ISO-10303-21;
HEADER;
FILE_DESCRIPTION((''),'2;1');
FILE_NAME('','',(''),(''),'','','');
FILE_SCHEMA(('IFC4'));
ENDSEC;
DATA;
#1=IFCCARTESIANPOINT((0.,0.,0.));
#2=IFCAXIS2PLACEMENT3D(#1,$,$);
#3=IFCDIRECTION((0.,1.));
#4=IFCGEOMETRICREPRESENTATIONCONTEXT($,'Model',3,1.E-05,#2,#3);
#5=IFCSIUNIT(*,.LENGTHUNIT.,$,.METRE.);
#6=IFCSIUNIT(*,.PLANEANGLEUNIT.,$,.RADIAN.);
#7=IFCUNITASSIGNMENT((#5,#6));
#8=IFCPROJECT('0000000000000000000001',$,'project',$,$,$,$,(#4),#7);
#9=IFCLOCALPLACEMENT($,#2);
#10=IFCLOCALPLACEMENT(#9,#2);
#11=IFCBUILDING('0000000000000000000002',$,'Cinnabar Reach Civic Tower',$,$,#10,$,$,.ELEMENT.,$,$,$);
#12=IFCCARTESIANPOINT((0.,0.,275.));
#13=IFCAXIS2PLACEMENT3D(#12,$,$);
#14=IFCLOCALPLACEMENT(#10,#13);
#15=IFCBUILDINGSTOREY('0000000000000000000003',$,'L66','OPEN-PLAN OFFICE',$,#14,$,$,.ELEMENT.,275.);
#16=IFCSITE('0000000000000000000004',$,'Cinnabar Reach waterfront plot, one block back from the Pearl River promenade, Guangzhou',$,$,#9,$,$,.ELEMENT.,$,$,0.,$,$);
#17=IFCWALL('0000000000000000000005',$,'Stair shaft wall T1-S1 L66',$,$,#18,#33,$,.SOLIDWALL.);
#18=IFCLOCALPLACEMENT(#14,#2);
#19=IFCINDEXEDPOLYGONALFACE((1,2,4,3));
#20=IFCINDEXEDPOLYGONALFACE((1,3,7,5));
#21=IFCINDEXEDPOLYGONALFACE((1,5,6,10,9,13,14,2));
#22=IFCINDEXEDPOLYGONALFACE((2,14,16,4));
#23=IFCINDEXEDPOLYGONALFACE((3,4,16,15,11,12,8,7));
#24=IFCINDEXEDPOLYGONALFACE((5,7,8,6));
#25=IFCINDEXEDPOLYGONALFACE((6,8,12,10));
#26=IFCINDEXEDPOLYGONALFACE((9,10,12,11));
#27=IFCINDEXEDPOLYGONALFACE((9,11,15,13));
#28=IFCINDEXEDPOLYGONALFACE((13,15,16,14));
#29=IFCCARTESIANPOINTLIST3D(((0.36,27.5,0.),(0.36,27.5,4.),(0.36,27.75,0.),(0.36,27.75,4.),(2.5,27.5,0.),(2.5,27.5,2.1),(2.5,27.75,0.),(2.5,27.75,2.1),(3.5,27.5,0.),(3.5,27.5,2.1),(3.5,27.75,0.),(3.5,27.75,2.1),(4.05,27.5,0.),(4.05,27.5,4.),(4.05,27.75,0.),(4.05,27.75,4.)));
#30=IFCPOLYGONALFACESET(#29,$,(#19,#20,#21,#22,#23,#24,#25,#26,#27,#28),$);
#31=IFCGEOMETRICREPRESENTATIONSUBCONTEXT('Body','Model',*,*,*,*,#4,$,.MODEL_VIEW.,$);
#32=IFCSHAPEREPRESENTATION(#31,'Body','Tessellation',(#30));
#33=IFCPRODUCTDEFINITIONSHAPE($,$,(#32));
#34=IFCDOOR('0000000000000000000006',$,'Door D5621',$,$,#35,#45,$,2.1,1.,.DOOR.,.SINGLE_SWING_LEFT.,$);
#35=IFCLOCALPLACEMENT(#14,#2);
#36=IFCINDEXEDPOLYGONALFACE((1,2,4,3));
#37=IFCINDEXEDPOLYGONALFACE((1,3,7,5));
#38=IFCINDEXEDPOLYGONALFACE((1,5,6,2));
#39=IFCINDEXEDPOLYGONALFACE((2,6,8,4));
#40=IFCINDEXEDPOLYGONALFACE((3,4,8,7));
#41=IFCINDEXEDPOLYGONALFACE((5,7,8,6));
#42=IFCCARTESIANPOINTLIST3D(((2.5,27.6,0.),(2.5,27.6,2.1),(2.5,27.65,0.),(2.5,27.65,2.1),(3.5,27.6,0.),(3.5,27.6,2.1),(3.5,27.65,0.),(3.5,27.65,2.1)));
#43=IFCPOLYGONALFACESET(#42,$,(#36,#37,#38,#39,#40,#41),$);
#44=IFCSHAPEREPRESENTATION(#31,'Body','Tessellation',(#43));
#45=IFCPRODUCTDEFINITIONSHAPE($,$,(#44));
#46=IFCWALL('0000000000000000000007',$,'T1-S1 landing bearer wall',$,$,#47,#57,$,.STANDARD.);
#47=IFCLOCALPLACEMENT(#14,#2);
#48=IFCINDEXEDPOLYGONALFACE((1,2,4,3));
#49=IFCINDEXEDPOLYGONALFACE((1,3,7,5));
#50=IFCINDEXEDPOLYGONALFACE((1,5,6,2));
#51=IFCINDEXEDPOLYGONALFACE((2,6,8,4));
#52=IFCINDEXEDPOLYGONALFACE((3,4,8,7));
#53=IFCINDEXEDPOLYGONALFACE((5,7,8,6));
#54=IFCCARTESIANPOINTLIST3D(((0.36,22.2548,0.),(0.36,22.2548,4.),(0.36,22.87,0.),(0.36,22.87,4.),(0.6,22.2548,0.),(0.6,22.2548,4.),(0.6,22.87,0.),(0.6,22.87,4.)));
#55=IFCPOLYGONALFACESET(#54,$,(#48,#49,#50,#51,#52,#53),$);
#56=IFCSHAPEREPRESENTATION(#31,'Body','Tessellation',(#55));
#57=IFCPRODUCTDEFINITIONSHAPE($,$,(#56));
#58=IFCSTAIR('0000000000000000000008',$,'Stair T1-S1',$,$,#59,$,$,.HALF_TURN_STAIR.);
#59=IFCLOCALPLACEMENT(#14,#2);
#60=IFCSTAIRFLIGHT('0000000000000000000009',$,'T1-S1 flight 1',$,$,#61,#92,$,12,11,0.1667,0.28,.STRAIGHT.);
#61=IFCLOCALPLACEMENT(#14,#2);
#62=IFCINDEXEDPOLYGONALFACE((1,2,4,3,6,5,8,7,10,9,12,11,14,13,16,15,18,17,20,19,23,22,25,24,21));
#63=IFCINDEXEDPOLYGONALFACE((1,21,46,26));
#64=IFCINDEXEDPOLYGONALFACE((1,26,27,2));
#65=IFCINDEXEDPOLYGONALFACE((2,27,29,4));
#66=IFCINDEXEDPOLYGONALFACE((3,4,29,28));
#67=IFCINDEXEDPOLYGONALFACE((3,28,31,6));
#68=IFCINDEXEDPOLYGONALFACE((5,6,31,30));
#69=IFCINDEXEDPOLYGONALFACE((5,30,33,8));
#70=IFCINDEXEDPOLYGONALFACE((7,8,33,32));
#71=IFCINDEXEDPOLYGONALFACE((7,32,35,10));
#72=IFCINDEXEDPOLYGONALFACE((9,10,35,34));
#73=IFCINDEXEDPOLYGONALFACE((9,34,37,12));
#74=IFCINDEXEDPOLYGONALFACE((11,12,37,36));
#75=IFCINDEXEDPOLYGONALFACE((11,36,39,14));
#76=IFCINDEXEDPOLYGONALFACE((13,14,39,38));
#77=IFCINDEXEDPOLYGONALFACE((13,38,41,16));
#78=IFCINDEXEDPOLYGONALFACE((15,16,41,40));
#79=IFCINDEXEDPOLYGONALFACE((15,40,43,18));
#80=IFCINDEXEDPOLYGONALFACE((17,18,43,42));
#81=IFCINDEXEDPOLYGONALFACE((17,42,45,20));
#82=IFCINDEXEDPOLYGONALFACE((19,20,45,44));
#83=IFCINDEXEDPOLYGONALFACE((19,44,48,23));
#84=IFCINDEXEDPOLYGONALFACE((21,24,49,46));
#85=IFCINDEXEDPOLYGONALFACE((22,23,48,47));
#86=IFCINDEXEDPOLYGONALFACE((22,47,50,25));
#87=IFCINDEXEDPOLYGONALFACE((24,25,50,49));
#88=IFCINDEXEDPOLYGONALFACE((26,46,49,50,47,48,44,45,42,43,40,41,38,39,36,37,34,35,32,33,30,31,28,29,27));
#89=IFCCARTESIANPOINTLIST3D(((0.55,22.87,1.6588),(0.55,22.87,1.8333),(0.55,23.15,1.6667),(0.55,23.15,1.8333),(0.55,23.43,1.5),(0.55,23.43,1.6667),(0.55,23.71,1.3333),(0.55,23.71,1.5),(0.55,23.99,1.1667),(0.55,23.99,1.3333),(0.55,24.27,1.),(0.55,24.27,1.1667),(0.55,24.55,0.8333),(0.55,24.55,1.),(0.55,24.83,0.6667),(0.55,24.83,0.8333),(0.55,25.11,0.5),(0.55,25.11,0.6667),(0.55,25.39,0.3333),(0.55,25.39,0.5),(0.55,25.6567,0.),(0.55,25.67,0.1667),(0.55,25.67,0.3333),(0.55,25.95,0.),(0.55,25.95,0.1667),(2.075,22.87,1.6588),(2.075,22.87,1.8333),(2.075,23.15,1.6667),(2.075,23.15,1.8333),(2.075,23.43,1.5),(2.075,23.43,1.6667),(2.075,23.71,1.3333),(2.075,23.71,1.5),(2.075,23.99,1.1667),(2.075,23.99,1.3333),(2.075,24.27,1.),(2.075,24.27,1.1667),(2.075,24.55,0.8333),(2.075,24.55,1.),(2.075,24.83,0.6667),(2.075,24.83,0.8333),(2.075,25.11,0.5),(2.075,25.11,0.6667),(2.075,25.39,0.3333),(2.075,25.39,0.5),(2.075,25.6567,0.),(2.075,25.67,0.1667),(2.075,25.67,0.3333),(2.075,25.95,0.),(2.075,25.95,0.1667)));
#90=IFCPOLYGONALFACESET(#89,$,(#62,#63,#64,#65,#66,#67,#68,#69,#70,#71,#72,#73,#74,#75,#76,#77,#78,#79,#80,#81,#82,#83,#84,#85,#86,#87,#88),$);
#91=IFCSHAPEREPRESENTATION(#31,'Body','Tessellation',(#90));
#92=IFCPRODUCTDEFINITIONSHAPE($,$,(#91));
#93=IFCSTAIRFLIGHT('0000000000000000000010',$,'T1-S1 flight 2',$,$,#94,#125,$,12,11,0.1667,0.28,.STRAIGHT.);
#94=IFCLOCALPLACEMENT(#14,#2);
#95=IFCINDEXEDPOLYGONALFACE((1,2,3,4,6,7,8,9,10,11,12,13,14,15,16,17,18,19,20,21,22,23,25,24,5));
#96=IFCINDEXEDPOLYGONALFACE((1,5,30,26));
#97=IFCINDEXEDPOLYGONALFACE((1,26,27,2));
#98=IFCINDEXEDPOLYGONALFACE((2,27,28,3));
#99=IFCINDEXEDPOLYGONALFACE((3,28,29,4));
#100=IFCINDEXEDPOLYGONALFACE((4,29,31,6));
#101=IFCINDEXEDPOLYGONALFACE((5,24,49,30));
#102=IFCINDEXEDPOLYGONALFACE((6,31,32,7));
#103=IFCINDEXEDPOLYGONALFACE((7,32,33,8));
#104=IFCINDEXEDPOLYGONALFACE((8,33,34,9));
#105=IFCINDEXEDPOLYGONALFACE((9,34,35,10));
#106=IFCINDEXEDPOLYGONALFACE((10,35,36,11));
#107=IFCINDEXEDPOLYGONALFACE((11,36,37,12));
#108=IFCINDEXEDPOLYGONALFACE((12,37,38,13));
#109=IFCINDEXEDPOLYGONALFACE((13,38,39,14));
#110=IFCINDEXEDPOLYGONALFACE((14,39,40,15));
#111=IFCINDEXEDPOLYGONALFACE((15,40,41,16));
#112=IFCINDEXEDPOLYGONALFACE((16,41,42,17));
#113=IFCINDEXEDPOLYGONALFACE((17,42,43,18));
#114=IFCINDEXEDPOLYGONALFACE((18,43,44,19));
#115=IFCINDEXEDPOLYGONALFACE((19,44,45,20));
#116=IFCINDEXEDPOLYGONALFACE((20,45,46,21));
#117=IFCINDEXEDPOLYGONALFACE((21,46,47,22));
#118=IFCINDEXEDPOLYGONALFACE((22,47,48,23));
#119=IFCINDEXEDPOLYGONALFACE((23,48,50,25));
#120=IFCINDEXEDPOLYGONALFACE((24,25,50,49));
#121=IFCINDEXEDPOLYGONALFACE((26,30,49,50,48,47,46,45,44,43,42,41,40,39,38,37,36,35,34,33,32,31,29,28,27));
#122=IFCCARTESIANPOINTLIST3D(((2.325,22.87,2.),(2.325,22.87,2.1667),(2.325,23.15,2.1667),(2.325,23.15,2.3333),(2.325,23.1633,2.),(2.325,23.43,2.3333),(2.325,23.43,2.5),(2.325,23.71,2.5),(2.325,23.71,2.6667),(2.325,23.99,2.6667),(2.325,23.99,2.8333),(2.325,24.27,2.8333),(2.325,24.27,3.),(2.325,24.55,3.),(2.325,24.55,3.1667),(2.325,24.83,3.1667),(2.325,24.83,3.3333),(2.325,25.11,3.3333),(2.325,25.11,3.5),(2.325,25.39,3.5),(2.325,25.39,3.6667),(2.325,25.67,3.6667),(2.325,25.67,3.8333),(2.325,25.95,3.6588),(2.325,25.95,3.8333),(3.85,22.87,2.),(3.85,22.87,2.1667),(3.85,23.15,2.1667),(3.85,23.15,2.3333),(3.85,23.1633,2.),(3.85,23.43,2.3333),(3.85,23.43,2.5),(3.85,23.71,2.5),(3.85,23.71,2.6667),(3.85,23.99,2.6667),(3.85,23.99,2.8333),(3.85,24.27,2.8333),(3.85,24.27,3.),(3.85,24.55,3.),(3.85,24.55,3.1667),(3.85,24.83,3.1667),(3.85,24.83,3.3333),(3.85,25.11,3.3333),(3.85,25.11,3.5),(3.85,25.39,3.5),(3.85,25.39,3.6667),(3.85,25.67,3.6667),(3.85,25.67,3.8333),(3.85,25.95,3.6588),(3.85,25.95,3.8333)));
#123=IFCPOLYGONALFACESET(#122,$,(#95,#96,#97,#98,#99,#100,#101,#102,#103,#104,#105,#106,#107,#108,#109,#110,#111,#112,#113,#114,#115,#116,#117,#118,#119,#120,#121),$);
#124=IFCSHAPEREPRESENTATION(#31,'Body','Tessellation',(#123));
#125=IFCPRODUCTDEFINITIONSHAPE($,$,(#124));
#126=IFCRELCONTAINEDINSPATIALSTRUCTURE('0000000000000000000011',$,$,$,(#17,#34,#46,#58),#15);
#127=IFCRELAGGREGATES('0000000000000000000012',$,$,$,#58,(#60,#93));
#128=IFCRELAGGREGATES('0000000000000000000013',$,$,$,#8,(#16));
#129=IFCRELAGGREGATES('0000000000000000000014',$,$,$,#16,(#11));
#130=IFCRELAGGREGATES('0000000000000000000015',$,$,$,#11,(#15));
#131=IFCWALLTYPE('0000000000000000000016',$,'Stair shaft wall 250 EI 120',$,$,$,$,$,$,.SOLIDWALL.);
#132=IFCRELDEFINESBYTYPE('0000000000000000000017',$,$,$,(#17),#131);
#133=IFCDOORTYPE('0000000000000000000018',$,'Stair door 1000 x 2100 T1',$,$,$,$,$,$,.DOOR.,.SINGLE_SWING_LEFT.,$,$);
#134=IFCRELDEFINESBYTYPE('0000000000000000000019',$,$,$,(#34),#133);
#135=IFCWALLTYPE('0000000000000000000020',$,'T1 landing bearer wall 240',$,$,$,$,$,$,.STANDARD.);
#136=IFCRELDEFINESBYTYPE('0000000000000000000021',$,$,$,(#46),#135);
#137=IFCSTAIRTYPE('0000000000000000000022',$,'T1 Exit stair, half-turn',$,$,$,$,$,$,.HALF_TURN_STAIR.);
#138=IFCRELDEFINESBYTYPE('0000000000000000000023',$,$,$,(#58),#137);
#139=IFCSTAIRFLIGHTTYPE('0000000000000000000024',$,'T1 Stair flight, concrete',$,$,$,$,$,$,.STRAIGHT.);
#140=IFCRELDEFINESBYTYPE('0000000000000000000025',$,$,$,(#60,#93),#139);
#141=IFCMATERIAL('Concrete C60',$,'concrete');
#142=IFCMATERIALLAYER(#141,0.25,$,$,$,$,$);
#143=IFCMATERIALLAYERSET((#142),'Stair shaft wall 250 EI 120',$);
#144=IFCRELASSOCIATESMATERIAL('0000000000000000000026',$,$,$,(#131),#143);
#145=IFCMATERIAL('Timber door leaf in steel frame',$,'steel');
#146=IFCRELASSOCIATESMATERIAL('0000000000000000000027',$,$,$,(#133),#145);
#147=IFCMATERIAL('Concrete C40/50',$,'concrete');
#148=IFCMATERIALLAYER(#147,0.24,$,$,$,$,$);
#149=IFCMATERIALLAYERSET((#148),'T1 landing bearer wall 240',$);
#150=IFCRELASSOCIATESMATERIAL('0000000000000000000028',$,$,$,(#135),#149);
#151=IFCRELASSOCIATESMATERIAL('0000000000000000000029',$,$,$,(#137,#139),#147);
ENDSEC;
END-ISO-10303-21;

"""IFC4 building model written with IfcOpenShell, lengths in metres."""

from ifc_helpers import new_model, si_unit, direction, frame, frame_2d, origin, place, context, subcontext, project, spatial, polyline, rectangle, outline, extrude, material, layer, layer_set, type_object, element, fill, aggregate, save


model = new_model("IFC4")

# Units and contexts
model_context = context("Model", 3, precision=1e-05, world=origin(), true_north=direction((0.0, 1.0)))
body_context = subcontext(model_context, "Body", "Model", "MODEL_VIEW")
ifc_project = project(units=[si_unit("LENGTHUNIT", "METRE"), si_unit("PLANEANGLEUNIT", "RADIAN")], contexts=[model_context])

# Site, building, storey
site_placement = place(None, origin())
site = spatial("IfcSite", under=ifc_project, at=site_placement, Name="Cinnabar Reach waterfront plot, one block back from the Pearl River promenade, Guangzhou", CompositionType="ELEMENT", RefElevation=0.0)
building_placement = place(site_placement, origin())
building = spatial("IfcBuilding", under=site, at=building_placement, Name="Cinnabar Reach Civic Tower", CompositionType="ELEMENT")
storey_placement = place(building_placement, frame((0.0, 0.0, 275.0)))
storey = spatial("IfcBuildingStorey", under=building, at=storey_placement, Name="L66", Description="OPEN-PLAN OFFICE", CompositionType="ELEMENT", Elevation=275.0)

# Shared definitions
ifc_material_1 = material(Name="Concrete C60", Category="concrete")

# Shared definitions
ifc_material_2 = material(Name="Timber door leaf in steel frame", Category="steel")

# Wall, opening, door
ifc_layer_1 = layer(ifc_material_1, 0.25)
ifc_layer_set_1 = layer_set([ifc_layer_1], Name="Stair shaft wall 250 EI 120")
wall_type_1 = type_object("IfcWallType", Name="Stair shaft wall 250 EI 120", PredefinedType="SOLIDWALL", material=ifc_layer_set_1)
wall_1_placement = place(storey_placement, frame((4.05, 27.625, 0.0), z_axis=(0.0, 0.0, 1.0), x_axis=(-1.0, 0.0, 0.0)))
wall_1 = element("IfcWall", 1, at=wall_1_placement, inside=storey, type_object=wall_type_1, Name="Stair shaft wall T1-S1 L66", PredefinedType="SOLIDWALL", context=body_context, shape_type="SweptSolid", body=[
    extrude(rectangle(XDim=3.69, YDim=0.25, at=frame_2d((1.845, 0.0))), origin(), (0.0, 0.0, 1.0), 4.0),
])
opening_1_placement = place(wall_1_placement, frame((0.55, 0.0, 0.0)))
opening_1 = element("IfcOpeningElement", 2, at=opening_1_placement, cuts=wall_1, PredefinedType="OPENING", context=body_context, shape_type="SweptSolid", body=[
    extrude(rectangle(XDim=1.0, YDim=2.1, at=frame_2d((0.5, 1.05))), frame((0.0, 0.135, 0.0), z_axis=(0.0, -1.0, 0.0), x_axis=(1.0, 0.0, 0.0)), (0.0, 0.0, 1.0), 0.27),
])
door_type_1 = type_object("IfcDoorType", Name="Stair door 1000 x 2100 T1", OperationType="SINGLE_SWING_LEFT", PredefinedType="DOOR", material=ifc_material_2)
door_1_placement = place(opening_1_placement, origin())
door_1 = element("IfcDoor", 3, at=door_1_placement, inside=storey, type_object=door_type_1, Name="Door D5621", OperationType="SINGLE_SWING_LEFT", OverallHeight=2.1, OverallWidth=1.0, PredefinedType="DOOR", context=body_context, shape_type="SweptSolid", body=[
    extrude(rectangle(XDim=1.0, YDim=2.1, at=frame_2d((0.5, 1.05))), frame((0.0, 0.025, 0.0), z_axis=(0.0, -1.0, 0.0), x_axis=(1.0, 0.0, 0.0)), (0.0, 0.0, 1.0), 0.05),
])
fill(opening_1, door_1)

# Wall
ifc_material_3 = material(Name="Concrete C40/50", Category="concrete")
ifc_layer_2 = layer(ifc_material_3, 0.24)
ifc_layer_set_2 = layer_set([ifc_layer_2], Name="T1 landing bearer wall 240")
wall_type_2 = type_object("IfcWallType", Name="T1 landing bearer wall 240", PredefinedType="STANDARD", material=ifc_layer_set_2)
wall_2_placement = place(storey_placement, frame((0.48, 22.2549, 0.0), z_axis=(0.0, 0.0, 1.0), x_axis=(0.0, 1.0, 0.0)))
element("IfcWall", 4, at=wall_2_placement, inside=storey, type_object=wall_type_2, Name="T1-S1 landing bearer wall", PredefinedType="STANDARD", context=body_context, shape_type="SweptSolid", body=[
    extrude(rectangle(XDim=0.6151, YDim=0.24, at=frame_2d((0.3075, 0.0))), origin(), (0.0, 0.0, 1.0), 4.0),
])

# Stair, stair flights
stair_type = type_object("IfcStairType", Name="T1 Exit stair, half-turn", PredefinedType="HALF_TURN_STAIR", material=ifc_material_3)
stair_placement = place(storey_placement, origin())
stair = element("IfcStair", 5, at=stair_placement, inside=storey, type_object=stair_type, Name="Stair T1-S1", PredefinedType="HALF_TURN_STAIR")
stair_flight_type = type_object("IfcStairFlightType", Name="T1 Stair flight, concrete", PredefinedType="STRAIGHT", material=ifc_material_3)
stair_flight_1_placement = place(storey_placement, frame((1.3125, 25.95, 0.0), z_axis=(0.0, 0.0, 1.0), x_axis=(0.0, -1.0, 0.0)))
stair_flight_1 = element("IfcStairFlight", 6, at=stair_flight_1_placement, type_object=stair_flight_type, Name="T1-S1 flight 1", NumberOfRisers=12, NumberOfTreads=11, PredefinedType="STRAIGHT", RiserHeight=0.1667, TreadLength=0.28, context=body_context, shape_type="SweptSolid", body=[
    extrude(outline(polyline([(0.0, 0.0), (0.0, 0.1667), (0.28, 0.1667), (0.28, 0.3333), (0.56, 0.3333), (0.56, 0.5), (0.84, 0.5), (0.84, 0.6667), (1.12, 0.6667), (1.12, 0.8333), (1.4, 0.8333), (1.4, 1.0), (1.68, 1.0), (1.68, 1.1667), (1.96, 1.1667), (1.96, 1.3333), (2.24, 1.3333), (2.24, 1.5), (2.52, 1.5), (2.52, 1.6667), (2.8, 1.6667), (2.8, 1.8333), (3.08, 1.8333), (3.08, 2.0), (3.08, 1.6588), (0.2933, 0.0), (0.0, 0.0)])), frame((0.0, 0.7625, 0.0), z_axis=(0.0, -1.0, 0.0), x_axis=(1.0, 0.0, 0.0)), (0.0, 0.0, 1.0), 1.525),
])
stair_flight_2_placement = place(storey_placement, frame((3.0875, 22.87, 2.0), z_axis=(0.0, 0.0, 1.0), x_axis=(0.0, 1.0, 0.0)))
stair_flight_2 = element("IfcStairFlight", 7, at=stair_flight_2_placement, type_object=stair_flight_type, Name="T1-S1 flight 2", NumberOfRisers=12, NumberOfTreads=11, PredefinedType="STRAIGHT", RiserHeight=0.1667, TreadLength=0.28, context=body_context, shape_type="SweptSolid", body=[
    extrude(outline(polyline([(0.0, 0.0), (0.0, 0.1667), (0.28, 0.1667), (0.28, 0.3333), (0.56, 0.3333), (0.56, 0.5), (0.84, 0.5), (0.84, 0.6667), (1.12, 0.6667), (1.12, 0.8333), (1.4, 0.8333), (1.4, 1.0), (1.68, 1.0), (1.68, 1.1667), (1.96, 1.1667), (1.96, 1.3333), (2.24, 1.3333), (2.24, 1.5), (2.52, 1.5), (2.52, 1.6667), (2.8, 1.6667), (2.8, 1.8333), (3.08, 1.8333), (3.08, 2.0), (3.08, 1.6588), (0.2933, 0.0), (0.0, 0.0)])), frame((0.0, 0.7625, 0.0), z_axis=(0.0, -1.0, 0.0), x_axis=(1.0, 0.0, 0.0)), (0.0, 0.0, 1.0), 1.525),
])
aggregate(stair, [stair_flight_1, stair_flight_2])

save(model, "model.ifc")
